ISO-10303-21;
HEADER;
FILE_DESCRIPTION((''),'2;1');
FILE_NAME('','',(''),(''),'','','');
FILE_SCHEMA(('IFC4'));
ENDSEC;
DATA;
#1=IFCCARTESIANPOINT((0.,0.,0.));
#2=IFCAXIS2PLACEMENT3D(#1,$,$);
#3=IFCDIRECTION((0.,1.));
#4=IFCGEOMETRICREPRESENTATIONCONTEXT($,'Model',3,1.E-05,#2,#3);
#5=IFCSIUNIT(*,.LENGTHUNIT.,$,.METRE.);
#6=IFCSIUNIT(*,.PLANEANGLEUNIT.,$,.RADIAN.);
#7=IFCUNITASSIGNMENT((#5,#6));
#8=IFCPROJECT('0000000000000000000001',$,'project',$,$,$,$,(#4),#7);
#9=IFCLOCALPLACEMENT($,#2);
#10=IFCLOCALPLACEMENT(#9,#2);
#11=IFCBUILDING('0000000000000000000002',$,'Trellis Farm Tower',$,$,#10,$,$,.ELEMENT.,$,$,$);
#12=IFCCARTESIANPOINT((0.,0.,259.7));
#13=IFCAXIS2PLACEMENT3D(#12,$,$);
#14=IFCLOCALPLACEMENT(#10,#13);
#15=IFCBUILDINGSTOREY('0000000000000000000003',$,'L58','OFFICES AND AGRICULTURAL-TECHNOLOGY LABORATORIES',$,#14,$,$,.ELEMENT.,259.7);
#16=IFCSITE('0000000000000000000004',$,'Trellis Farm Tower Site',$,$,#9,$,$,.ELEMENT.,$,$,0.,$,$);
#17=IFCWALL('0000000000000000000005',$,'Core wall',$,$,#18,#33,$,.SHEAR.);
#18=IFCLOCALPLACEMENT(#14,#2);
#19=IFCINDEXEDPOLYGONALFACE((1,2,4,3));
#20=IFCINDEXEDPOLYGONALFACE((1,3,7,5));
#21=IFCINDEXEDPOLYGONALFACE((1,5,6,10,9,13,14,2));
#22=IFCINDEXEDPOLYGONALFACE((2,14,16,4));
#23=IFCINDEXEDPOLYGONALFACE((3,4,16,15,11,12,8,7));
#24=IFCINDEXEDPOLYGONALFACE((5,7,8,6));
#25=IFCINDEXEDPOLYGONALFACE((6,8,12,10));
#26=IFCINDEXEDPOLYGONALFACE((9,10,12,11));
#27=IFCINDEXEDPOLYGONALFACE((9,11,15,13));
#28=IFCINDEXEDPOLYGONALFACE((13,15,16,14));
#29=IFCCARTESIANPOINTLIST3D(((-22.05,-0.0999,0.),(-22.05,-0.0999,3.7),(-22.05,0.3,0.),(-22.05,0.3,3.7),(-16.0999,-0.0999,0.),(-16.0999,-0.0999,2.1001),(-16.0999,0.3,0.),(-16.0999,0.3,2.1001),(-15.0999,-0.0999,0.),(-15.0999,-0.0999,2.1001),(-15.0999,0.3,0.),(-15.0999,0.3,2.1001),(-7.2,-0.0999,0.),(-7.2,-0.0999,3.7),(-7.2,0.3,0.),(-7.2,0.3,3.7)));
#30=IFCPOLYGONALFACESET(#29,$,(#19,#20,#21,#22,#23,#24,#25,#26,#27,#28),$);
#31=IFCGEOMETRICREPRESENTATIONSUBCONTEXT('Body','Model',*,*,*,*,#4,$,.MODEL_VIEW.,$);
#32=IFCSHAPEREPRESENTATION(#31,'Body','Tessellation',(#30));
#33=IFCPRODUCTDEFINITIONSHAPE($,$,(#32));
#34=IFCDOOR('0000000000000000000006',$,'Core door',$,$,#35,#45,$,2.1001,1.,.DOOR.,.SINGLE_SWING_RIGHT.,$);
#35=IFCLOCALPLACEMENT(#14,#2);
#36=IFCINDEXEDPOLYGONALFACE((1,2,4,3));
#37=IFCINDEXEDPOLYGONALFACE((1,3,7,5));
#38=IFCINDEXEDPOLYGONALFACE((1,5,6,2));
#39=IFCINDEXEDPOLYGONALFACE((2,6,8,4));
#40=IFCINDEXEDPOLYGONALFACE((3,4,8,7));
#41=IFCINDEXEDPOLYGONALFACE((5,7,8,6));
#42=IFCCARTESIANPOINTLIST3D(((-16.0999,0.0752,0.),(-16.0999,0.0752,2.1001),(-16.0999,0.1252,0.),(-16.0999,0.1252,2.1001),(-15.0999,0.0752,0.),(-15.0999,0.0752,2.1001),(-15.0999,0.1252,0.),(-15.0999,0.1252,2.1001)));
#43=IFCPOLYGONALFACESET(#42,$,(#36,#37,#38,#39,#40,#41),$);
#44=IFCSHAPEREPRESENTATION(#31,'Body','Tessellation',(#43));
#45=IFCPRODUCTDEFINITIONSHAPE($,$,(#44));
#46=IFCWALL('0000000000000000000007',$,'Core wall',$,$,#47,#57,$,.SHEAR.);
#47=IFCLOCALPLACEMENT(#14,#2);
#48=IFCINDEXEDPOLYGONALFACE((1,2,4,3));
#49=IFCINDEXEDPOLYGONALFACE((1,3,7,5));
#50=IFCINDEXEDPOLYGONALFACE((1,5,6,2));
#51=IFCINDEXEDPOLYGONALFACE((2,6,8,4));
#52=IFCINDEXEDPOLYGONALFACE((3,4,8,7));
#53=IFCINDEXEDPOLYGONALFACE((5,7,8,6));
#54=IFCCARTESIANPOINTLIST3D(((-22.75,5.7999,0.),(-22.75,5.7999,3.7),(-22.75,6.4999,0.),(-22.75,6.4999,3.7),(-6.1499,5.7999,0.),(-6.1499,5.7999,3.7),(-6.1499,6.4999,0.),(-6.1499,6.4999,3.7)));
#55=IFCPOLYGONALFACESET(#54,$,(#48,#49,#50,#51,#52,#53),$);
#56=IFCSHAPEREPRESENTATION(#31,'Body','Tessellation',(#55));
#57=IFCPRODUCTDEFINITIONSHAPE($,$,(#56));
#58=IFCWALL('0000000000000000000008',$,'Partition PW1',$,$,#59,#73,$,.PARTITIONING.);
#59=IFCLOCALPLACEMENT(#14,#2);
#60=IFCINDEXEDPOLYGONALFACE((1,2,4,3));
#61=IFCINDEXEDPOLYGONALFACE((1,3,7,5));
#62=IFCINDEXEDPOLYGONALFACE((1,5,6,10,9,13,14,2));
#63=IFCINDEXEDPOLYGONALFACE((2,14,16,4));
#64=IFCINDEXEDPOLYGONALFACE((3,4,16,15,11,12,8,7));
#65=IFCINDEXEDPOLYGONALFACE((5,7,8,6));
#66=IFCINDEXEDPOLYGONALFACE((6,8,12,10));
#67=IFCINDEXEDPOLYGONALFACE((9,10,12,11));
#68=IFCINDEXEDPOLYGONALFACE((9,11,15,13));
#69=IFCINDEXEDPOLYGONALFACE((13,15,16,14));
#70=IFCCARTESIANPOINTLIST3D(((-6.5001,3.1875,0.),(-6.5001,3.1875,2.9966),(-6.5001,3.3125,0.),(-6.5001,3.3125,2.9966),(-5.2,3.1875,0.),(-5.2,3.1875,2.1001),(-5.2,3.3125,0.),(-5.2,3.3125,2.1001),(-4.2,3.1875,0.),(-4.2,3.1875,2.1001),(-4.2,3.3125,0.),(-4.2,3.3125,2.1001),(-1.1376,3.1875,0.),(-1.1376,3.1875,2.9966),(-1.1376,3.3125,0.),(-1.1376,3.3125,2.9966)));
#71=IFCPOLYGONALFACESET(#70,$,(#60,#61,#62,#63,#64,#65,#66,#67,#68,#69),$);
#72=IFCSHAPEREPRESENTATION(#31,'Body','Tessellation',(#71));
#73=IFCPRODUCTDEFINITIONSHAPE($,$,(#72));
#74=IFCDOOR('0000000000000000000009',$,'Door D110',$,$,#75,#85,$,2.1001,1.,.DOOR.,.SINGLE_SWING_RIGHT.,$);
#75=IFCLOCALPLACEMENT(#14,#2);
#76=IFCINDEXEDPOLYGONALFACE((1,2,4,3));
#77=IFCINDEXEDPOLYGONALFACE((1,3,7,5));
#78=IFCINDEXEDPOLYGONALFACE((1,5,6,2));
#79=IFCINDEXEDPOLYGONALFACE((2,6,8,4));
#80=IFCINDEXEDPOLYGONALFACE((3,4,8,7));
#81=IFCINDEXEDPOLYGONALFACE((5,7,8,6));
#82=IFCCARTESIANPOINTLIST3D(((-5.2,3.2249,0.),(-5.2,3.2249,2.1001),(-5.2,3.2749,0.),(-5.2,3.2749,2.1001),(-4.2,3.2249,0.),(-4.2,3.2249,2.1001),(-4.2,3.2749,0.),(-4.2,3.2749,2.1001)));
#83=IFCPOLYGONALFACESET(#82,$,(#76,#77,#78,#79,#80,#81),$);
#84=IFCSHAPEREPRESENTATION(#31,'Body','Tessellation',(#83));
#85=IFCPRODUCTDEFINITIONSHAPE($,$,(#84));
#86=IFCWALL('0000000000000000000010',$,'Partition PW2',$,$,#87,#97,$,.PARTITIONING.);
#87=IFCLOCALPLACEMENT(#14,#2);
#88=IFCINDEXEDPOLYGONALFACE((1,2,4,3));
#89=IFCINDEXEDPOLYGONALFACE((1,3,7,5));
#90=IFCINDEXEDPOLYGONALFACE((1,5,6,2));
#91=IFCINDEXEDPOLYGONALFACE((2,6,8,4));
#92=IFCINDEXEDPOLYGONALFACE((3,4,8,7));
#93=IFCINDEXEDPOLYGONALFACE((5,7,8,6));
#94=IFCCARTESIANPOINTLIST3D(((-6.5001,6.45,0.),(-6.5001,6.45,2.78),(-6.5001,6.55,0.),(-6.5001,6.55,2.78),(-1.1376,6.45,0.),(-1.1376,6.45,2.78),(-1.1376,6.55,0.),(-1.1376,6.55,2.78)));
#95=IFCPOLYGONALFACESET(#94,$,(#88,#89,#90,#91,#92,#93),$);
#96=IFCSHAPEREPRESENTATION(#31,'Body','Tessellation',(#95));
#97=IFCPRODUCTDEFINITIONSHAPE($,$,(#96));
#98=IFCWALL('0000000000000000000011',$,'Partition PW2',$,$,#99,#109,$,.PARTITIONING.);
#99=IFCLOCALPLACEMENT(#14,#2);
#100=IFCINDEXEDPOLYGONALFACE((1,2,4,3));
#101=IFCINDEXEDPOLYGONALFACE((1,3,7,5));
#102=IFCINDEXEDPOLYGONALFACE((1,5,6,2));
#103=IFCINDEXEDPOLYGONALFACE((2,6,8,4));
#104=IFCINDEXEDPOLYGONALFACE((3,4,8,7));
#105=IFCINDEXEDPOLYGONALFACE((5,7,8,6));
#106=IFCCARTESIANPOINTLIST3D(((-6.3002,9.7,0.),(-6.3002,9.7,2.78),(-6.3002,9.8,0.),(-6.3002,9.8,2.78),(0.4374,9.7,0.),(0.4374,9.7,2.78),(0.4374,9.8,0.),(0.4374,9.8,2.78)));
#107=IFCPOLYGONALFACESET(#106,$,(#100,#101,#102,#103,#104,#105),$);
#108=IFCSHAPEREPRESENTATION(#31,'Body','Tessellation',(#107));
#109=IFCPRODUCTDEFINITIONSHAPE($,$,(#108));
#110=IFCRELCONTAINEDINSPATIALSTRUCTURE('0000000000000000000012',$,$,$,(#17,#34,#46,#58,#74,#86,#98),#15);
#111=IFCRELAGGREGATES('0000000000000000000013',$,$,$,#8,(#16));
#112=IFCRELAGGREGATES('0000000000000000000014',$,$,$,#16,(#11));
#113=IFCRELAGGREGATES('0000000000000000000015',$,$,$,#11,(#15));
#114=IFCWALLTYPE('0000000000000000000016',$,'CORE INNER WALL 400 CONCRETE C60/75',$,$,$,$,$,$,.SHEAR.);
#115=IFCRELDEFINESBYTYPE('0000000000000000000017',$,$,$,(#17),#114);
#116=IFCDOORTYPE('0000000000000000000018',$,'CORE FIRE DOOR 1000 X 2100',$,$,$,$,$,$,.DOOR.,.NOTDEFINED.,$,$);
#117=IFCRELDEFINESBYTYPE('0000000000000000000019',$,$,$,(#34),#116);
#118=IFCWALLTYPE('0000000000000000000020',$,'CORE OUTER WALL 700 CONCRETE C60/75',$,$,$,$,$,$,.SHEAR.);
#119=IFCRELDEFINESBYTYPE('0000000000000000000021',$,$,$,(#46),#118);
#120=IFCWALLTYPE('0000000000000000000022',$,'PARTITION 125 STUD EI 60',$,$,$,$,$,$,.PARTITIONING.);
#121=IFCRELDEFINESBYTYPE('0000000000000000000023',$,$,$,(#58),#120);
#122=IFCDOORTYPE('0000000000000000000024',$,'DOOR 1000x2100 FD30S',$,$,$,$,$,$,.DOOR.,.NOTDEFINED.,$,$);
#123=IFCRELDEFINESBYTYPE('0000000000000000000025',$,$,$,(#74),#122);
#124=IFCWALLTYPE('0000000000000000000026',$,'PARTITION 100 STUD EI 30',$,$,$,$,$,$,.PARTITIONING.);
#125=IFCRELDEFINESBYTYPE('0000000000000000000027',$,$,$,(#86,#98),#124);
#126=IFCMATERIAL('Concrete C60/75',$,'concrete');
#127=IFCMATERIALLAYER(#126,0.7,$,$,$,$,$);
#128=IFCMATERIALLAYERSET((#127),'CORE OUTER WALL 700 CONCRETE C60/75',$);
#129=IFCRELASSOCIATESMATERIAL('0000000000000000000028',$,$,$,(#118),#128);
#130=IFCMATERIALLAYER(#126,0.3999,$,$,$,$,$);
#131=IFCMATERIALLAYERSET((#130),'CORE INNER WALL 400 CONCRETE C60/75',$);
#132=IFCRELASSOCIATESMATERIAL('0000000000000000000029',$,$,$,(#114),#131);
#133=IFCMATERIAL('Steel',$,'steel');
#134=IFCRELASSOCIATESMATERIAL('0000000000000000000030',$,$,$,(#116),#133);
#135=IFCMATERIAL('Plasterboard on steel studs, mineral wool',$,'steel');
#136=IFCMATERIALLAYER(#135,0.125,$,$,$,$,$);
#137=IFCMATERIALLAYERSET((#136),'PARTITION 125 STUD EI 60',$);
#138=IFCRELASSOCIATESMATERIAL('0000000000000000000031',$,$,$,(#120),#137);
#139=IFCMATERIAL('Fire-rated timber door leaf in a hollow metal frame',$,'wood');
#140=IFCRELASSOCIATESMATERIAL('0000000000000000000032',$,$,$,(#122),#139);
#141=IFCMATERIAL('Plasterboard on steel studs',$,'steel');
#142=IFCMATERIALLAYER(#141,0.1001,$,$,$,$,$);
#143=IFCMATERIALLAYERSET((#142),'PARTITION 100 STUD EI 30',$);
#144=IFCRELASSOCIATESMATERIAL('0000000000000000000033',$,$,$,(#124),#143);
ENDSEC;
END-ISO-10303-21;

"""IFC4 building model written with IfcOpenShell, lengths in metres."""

from ifc_helpers import new_model, si_unit, direction, frame, frame_2d, origin, place, context, subcontext, project, spatial, rectangle, extrude, source, transform, mapped, material, layer, layer_set, type_object, element, fill, save


model = new_model("IFC4")

# Units and contexts
model_context = context("Model", 3, precision=1e-05, world=origin(), true_north=direction((0.0, 1.0)))
body_context = subcontext(model_context, "Body", "Model", "MODEL_VIEW")
ifc_project = project(units=[si_unit("LENGTHUNIT", "METRE"), si_unit("PLANEANGLEUNIT", "RADIAN")], contexts=[model_context])

# Site, building, storey
site_placement = place(None, origin())
site = spatial("IfcSite", under=ifc_project, at=site_placement, Name="Trellis Farm Tower Site", CompositionType="ELEMENT", RefElevation=0.0)
building_placement = place(site_placement, origin())
building = spatial("IfcBuilding", under=site, at=building_placement, Name="Trellis Farm Tower", CompositionType="ELEMENT")
storey_placement = place(building_placement, frame((0.0, 0.0, 259.7)))
storey = spatial("IfcBuildingStorey", under=building, at=storey_placement, Name="L58", Description="OFFICES AND AGRICULTURAL-TECHNOLOGY LABORATORIES", CompositionType="ELEMENT", Elevation=259.7)

# Shared definitions
ifc_material_1 = material(Name="Concrete C60/75", Category="concrete")

# Shared definitions
ifc_layer_1 = layer(ifc_material_1, 0.7)
ifc_layer_set_1 = layer_set([ifc_layer_1], Name="CORE OUTER WALL 700 CONCRETE C60/75")
wall_type_1 = type_object("IfcWallType", Name="CORE OUTER WALL 700 CONCRETE C60/75", PredefinedType="SHEAR", material=ifc_layer_set_1)
ifc_material_2 = material(Name="Steel", Category="steel")

# Shared definitions
ifc_layer_2 = layer(ifc_material_1, 0.3999)
ifc_layer_set_2 = layer_set([ifc_layer_2], Name="CORE INNER WALL 400 CONCRETE C60/75")
wall_type_2 = type_object("IfcWallType", Name="CORE INNER WALL 400 CONCRETE C60/75", PredefinedType="SHEAR", material=ifc_layer_set_2)
shared_shape_1 = source(origin(), body_context, "Body", "SweptSolid", [
    extrude(rectangle(XDim=1.0, YDim=2.1001, at=frame_2d((0.5, 1.05))), frame((0.0, 0.21, 0.0), z_axis=(0.0, -1.0, 0.0), x_axis=(1.0, 0.0, 0.0)), (0.0, 0.0, 1.0), 0.4199),
])
door_type_1 = type_object("IfcDoorType", Name="CORE FIRE DOOR 1000 X 2100", OperationType="NOTDEFINED", PredefinedType="DOOR", material=ifc_material_2)
shared_shape_2 = source(origin(), body_context, "Body", "SweptSolid", [
    extrude(rectangle(XDim=1.0, YDim=2.1001, at=frame_2d((0.5, 1.05))), frame((0.0, 0.0249, 0.0), z_axis=(0.0, -1.0, 0.0), x_axis=(1.0, 0.0, 0.0)), (0.0, 0.0, 1.0), 0.05),
])

# Wall, opening, door
shared_shape_3 = source(origin(), body_context, "Body", "SweptSolid", [
    extrude(rectangle(XDim=14.8501, YDim=0.3999, at=frame_2d((7.425, 0.0))), origin(), (0.0, 0.0, 1.0), 3.7),
])
wall_1_placement = place(storey_placement, frame((-7.2, 0.1001, 0.0), z_axis=(0.0, 0.0, 1.0), x_axis=(-1.0, 0.0, 0.0)))
wall_1 = element("IfcWall", 1, at=wall_1_placement, inside=storey, type_object=wall_type_2, Name="Core wall", PredefinedType="SHEAR", context=body_context, shape_type="MappedRepresentation", body=[
    mapped(shared_shape_3, transform((0.0, 0.0, 0.0))),
])
opening_1_placement = place(wall_1_placement, frame((7.8999, 0.0, 0.0)))
opening_1 = element("IfcOpeningElement", 2, at=opening_1_placement, cuts=wall_1, PredefinedType="OPENING", context=body_context, shape_type="MappedRepresentation", body=[
    mapped(shared_shape_1, transform((0.0, 0.0, 0.0))),
])
door_1_placement = place(opening_1_placement, origin())
door_1 = element("IfcDoor", 3, at=door_1_placement, inside=storey, type_object=door_type_1, Name="Core door", OperationType="SINGLE_SWING_RIGHT", OverallHeight=2.1001, OverallWidth=1.0, PredefinedType="DOOR", context=body_context, shape_type="MappedRepresentation", body=[
    mapped(shared_shape_2, transform((0.0, 0.0, 0.0))),
])
fill(opening_1, door_1)

# Wall
shared_shape_4 = source(origin(), body_context, "Body", "SweptSolid", [
    extrude(rectangle(XDim=16.6001, YDim=0.7, at=frame_2d((8.3, 0.0))), origin(), (0.0, 0.0, 1.0), 3.7),
])
wall_2_placement = place(storey_placement, frame((-6.1499, 6.1499, 0.0), z_axis=(0.0, 0.0, 1.0), x_axis=(-1.0, 0.0, 0.0)))
element("IfcWall", 4, at=wall_2_placement, inside=storey, type_object=wall_type_1, Name="Core wall", PredefinedType="SHEAR", context=body_context, shape_type="MappedRepresentation", body=[
    mapped(shared_shape_4, transform((0.0, 0.0, 0.0))),
])

# Wall, opening, door
ifc_material_3 = material(Name="Plasterboard on steel studs, mineral wool", Category="steel")
ifc_layer_3 = layer(ifc_material_3, 0.125)
ifc_layer_set_3 = layer_set([ifc_layer_3], Name="PARTITION 125 STUD EI 60")
wall_type_3 = type_object("IfcWallType", Name="PARTITION 125 STUD EI 60", PredefinedType="PARTITIONING", material=ifc_layer_set_3)
shared_shape_5 = source(origin(), body_context, "Body", "SweptSolid", [
    extrude(rectangle(XDim=5.3625, YDim=0.125, at=frame_2d((2.6812, 0.0))), origin(), (0.0, 0.0, 1.0), 2.9966),
])
wall_3_placement = place(storey_placement, frame((-6.5, 3.25, 0.0), z_axis=(0.0, 0.0, 1.0), x_axis=(1.0, 0.0, 0.0)))
wall_3 = element("IfcWall", 5, at=wall_3_placement, inside=storey, type_object=wall_type_3, Name="Partition PW1", PredefinedType="PARTITIONING", context=body_context, shape_type="MappedRepresentation", body=[
    mapped(shared_shape_5, transform((0.0, 0.0, 0.0))),
])
shared_shape_6 = source(origin(), body_context, "Body", "SweptSolid", [
    extrude(rectangle(XDim=1.0, YDim=2.1001, at=frame_2d((0.5, 1.05))), frame((0.0, 0.0725, 0.0), z_axis=(0.0, -1.0, 0.0), x_axis=(1.0, 0.0, 0.0)), (0.0, 0.0, 1.0), 0.145),
])
opening_2_placement = place(wall_3_placement, frame((1.3, 0.0, 0.0)))
opening_2 = element("IfcOpeningElement", 6, at=opening_2_placement, cuts=wall_3, PredefinedType="OPENING", context=body_context, shape_type="MappedRepresentation", body=[
    mapped(shared_shape_6, transform((0.0, 0.0, 0.0))),
])
ifc_material_4 = material(Name="Fire-rated timber door leaf in a hollow metal frame", Category="wood")
door_type_2 = type_object("IfcDoorType", Name="DOOR 1000x2100 FD30S", OperationType="NOTDEFINED", PredefinedType="DOOR", material=ifc_material_4)
door_2_placement = place(opening_2_placement, origin())
door_2 = element("IfcDoor", 7, at=door_2_placement, inside=storey, type_object=door_type_2, Name="Door D110", OperationType="SINGLE_SWING_RIGHT", OverallHeight=2.1001, OverallWidth=1.0, PredefinedType="DOOR", context=body_context, shape_type="MappedRepresentation", body=[
    mapped(shared_shape_2, transform((0.0, 0.0, 0.0))),
])
fill(opening_2, door_2)

# Walls
ifc_material_5 = material(Name="Plasterboard on steel studs", Category="steel")
ifc_layer_4 = layer(ifc_material_5, 0.1001)
ifc_layer_set_4 = layer_set([ifc_layer_4], Name="PARTITION 100 STUD EI 30")
wall_type_4 = type_object("IfcWallType", Name="PARTITION 100 STUD EI 30", PredefinedType="PARTITIONING", material=ifc_layer_set_4)
shared_shape_7 = source(origin(), body_context, "Body", "SweptSolid", [
    extrude(rectangle(XDim=5.3625, YDim=0.1001, at=frame_2d((2.6812, 0.0))), origin(), (0.0, 0.0, 1.0), 2.78),
])
wall_4_placement = place(storey_placement, frame((-6.5, 6.5, 0.0), z_axis=(0.0, 0.0, 1.0), x_axis=(1.0, 0.0, 0.0)))
element("IfcWall", 8, at=wall_4_placement, inside=storey, type_object=wall_type_4, Name="Partition PW2", PredefinedType="PARTITIONING", context=body_context, shape_type="MappedRepresentation", body=[
    mapped(shared_shape_7, transform((0.0, 0.0, 0.0))),
])
shared_shape_8 = source(origin(), body_context, "Body", "SweptSolid", [
    extrude(rectangle(XDim=6.7375, YDim=0.1001, at=frame_2d((3.3687, 0.0))), origin(), (0.0, 0.0, 1.0), 2.78),
])
wall_5_placement = place(storey_placement, frame((-6.3, 9.75, 0.0), z_axis=(0.0, 0.0, 1.0), x_axis=(1.0, 0.0, 0.0)))
element("IfcWall", 9, at=wall_5_placement, inside=storey, type_object=wall_type_4, Name="Partition PW2", PredefinedType="PARTITIONING", context=body_context, shape_type="MappedRepresentation", body=[
    mapped(shared_shape_8, transform((0.0, 0.0, 0.0))),
])

save(model, "model.ifc")
